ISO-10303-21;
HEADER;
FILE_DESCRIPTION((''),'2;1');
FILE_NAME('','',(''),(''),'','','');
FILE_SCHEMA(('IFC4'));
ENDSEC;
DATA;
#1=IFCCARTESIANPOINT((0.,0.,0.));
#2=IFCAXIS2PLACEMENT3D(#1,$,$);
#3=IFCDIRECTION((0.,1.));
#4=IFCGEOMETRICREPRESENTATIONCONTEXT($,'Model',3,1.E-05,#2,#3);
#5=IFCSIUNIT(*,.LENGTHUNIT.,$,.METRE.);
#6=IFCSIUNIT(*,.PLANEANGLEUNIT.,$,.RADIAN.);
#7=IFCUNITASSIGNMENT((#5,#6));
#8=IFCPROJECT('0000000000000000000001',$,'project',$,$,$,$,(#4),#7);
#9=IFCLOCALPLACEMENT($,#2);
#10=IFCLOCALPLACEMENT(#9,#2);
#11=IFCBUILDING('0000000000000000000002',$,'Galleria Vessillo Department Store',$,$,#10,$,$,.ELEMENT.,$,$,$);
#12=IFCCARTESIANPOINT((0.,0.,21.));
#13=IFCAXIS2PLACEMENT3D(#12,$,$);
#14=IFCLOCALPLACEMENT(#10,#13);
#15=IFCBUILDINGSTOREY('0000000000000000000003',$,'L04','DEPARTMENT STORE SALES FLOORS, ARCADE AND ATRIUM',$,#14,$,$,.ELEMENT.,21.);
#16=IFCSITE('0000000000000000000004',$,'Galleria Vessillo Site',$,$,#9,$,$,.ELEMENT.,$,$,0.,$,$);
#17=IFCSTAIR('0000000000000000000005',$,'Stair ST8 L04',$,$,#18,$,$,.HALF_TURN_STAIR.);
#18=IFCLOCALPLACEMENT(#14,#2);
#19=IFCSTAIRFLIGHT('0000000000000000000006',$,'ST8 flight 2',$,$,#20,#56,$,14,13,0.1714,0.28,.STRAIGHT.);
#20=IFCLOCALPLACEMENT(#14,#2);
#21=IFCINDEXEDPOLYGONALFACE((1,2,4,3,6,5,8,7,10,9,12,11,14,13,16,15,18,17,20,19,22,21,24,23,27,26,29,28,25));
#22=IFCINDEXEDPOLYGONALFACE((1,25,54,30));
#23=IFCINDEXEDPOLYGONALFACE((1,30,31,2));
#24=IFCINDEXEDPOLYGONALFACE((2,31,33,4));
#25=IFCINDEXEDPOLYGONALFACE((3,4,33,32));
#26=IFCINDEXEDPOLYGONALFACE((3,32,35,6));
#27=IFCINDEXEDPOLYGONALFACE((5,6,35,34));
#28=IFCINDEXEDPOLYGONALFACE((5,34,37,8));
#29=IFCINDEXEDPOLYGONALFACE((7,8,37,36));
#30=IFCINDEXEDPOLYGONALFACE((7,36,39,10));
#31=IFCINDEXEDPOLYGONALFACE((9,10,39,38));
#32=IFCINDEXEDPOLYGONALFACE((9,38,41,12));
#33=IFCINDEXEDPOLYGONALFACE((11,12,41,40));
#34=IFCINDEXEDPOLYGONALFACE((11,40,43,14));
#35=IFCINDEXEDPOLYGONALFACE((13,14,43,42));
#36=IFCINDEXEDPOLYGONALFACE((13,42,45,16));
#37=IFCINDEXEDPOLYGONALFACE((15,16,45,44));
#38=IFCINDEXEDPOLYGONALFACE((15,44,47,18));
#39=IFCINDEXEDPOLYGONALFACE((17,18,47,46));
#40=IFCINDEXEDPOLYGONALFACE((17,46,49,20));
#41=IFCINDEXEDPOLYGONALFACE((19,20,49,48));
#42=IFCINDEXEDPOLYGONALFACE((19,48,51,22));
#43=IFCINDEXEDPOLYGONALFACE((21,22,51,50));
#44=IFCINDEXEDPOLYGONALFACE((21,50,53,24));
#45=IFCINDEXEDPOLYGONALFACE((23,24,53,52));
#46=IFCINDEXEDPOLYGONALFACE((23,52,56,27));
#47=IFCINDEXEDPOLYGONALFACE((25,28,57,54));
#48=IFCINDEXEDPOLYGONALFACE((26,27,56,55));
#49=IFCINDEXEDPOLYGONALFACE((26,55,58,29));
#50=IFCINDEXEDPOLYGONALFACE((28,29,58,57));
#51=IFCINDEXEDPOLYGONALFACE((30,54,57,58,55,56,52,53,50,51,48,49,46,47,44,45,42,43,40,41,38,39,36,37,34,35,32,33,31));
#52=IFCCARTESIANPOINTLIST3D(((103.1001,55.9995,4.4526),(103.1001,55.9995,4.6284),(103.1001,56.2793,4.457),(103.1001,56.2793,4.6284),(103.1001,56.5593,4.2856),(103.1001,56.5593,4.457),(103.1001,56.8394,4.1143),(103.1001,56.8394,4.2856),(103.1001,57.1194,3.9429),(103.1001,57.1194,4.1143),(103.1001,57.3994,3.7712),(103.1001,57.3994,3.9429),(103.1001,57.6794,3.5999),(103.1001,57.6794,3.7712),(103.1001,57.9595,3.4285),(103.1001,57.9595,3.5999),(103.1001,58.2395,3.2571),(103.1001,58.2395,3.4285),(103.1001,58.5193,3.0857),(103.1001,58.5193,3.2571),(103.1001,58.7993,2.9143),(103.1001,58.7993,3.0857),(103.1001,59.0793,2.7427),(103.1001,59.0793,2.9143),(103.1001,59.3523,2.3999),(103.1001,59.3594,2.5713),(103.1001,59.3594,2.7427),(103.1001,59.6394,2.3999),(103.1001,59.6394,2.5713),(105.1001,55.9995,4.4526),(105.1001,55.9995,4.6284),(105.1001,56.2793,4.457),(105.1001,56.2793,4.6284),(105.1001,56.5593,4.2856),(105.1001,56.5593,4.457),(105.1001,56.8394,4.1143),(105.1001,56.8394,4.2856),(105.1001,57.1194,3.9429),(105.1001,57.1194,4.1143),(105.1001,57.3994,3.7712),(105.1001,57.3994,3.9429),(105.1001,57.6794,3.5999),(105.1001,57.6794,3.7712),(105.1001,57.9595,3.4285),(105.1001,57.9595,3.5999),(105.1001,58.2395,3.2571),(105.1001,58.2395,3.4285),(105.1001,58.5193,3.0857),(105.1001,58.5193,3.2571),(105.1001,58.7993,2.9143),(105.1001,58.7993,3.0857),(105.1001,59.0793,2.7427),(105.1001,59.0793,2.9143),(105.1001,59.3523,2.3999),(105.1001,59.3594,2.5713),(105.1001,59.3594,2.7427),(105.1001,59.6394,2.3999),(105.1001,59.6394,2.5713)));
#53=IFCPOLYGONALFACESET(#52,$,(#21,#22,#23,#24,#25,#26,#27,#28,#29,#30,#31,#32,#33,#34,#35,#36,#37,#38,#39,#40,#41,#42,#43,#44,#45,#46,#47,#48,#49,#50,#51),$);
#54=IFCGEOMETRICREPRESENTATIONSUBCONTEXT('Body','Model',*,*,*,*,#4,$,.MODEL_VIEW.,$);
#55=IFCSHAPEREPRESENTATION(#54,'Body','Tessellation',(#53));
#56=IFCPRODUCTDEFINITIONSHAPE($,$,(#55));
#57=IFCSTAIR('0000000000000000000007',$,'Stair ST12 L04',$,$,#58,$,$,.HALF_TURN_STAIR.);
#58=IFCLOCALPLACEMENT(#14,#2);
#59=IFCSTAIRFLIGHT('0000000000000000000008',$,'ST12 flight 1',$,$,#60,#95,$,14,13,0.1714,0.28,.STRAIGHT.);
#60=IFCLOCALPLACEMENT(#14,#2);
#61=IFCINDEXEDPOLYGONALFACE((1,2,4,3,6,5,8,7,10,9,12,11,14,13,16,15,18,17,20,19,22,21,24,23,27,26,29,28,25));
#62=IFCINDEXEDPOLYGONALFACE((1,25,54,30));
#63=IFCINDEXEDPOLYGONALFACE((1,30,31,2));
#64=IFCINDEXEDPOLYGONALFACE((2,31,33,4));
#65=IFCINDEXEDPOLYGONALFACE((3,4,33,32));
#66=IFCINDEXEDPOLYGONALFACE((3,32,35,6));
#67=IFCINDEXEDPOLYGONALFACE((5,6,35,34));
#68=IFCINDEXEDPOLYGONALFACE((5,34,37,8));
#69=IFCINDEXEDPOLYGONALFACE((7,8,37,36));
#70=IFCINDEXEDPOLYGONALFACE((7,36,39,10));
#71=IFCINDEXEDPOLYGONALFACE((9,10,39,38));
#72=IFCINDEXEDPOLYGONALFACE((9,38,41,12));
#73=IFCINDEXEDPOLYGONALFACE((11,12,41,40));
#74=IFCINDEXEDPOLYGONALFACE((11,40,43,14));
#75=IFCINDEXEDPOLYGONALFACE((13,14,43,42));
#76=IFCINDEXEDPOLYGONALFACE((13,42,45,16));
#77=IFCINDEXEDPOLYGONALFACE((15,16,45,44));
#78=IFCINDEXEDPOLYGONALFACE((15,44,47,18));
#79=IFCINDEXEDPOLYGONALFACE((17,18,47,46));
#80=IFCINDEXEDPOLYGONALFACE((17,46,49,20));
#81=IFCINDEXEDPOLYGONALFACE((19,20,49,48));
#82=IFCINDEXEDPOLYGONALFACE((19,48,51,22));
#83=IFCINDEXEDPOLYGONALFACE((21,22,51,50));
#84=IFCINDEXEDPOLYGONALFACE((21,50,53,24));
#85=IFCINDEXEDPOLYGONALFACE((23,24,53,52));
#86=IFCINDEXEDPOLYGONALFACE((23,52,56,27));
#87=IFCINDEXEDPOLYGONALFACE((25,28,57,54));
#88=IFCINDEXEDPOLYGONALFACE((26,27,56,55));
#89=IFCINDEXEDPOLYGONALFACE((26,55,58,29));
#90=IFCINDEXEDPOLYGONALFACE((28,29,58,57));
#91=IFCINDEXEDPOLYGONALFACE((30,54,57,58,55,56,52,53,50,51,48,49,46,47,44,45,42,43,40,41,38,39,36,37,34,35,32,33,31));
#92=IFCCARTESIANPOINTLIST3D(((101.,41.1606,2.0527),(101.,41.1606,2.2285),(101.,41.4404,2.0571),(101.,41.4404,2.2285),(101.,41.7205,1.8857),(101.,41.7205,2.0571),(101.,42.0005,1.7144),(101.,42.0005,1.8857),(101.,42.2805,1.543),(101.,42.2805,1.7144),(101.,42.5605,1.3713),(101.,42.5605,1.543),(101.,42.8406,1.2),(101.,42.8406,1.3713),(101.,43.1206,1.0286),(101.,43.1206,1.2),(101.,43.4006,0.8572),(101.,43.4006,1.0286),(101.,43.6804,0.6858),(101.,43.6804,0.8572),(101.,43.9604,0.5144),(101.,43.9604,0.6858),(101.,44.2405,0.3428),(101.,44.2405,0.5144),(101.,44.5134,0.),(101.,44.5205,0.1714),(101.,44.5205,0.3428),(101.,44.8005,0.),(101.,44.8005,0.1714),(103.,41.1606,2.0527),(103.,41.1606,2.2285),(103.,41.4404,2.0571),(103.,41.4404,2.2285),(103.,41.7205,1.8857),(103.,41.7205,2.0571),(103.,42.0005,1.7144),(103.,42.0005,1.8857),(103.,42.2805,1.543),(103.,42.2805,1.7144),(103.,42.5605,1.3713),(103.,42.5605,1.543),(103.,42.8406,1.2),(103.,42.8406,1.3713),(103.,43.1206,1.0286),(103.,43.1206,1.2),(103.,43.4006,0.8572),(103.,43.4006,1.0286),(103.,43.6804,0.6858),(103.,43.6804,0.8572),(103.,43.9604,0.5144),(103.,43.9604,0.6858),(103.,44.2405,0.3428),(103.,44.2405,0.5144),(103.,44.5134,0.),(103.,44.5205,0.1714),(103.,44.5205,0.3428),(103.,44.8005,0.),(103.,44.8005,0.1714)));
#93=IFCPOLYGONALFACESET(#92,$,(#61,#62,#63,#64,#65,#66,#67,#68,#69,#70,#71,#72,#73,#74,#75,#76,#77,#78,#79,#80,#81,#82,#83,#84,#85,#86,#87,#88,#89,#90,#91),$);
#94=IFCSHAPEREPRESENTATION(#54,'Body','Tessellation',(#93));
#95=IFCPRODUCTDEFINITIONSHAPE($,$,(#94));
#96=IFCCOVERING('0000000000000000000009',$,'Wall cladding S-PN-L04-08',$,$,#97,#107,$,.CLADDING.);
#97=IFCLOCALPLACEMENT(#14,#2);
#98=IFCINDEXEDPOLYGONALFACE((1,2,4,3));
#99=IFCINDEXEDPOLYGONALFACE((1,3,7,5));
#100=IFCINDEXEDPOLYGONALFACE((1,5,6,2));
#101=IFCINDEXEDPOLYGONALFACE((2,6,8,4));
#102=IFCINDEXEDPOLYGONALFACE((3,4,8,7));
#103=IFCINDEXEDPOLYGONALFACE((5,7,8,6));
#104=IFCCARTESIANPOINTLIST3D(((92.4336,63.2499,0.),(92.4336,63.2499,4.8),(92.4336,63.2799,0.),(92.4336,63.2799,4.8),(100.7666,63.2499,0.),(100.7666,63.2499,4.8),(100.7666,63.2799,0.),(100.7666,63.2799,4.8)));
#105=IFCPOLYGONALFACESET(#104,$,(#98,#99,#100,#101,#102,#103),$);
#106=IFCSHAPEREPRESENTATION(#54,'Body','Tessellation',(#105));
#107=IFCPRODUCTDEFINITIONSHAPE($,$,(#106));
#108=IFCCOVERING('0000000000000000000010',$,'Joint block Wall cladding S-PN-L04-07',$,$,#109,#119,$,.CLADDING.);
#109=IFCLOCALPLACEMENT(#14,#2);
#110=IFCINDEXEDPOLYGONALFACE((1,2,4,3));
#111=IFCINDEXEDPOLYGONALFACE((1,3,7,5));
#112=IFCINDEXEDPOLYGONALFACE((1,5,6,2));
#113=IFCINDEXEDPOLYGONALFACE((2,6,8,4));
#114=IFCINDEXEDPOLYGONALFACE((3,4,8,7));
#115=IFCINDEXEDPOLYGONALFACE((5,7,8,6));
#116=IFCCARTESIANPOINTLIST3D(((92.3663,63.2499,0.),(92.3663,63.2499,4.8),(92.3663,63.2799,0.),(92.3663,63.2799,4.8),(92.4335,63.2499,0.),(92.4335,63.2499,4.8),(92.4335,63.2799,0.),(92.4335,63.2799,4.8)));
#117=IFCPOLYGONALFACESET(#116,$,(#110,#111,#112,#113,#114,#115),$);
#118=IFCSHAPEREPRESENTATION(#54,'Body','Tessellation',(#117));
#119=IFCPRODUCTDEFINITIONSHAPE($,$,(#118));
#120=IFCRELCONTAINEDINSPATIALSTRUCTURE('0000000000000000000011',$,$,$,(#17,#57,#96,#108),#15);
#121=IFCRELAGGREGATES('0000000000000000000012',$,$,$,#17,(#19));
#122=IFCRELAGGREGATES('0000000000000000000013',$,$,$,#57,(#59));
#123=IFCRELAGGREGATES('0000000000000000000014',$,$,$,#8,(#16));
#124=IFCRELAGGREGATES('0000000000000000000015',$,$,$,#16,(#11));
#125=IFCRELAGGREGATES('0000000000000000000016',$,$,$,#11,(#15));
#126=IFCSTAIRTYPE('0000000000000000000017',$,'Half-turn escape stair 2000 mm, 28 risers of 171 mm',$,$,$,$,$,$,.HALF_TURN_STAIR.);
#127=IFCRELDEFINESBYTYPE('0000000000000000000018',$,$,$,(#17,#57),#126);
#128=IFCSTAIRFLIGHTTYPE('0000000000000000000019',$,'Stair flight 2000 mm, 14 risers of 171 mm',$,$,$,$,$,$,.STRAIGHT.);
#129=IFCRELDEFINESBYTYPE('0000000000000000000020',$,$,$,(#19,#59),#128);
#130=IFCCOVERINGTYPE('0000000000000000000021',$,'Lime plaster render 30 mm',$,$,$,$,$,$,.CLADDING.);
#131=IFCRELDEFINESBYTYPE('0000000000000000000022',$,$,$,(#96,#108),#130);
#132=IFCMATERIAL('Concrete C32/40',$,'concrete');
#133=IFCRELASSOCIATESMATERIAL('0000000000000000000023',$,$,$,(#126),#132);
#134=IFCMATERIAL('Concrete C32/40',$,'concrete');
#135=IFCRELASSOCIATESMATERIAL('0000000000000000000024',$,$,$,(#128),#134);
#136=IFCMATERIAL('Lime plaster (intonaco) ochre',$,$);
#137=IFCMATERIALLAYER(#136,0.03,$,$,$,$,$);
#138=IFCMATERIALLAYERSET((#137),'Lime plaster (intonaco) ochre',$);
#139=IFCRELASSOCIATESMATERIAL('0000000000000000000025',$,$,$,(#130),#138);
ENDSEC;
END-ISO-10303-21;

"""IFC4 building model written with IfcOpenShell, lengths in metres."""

from ifc_helpers import new_model, si_unit, direction, frame, origin, origin_2d, place, context, subcontext, project, spatial, polyline, rectangle, outline, extrude, material, layer, layer_set, type_object, element, aggregate, save


model = new_model("IFC4")

# Units and contexts
model_context = context("Model", 3, precision=1e-05, world=origin(), true_north=direction((0.0, 1.0)))
body_context = subcontext(model_context, "Body", "Model", "MODEL_VIEW")
ifc_project = project(units=[si_unit("LENGTHUNIT", "METRE"), si_unit("PLANEANGLEUNIT", "RADIAN")], contexts=[model_context])

# Site, building, storey
site_placement = place(None, origin())
site = spatial("IfcSite", under=ifc_project, at=site_placement, Name="Galleria Vessillo Site", CompositionType="ELEMENT", RefElevation=0.0)
building_placement = place(site_placement, origin())
building = spatial("IfcBuilding", under=site, at=building_placement, Name="Galleria Vessillo Department Store", CompositionType="ELEMENT")
storey_placement = place(building_placement, frame((0.0, 0.0, 21.0)))
storey = spatial("IfcBuildingStorey", under=building, at=storey_placement, Name="L04", Description="DEPARTMENT STORE SALES FLOORS, ARCADE AND ATRIUM", CompositionType="ELEMENT", Elevation=21.0)

# Stair, stair flight
ifc_material_1 = material(Name="Concrete C32/40", Category="concrete")
stair_type = type_object("IfcStairType", Name="Half-turn escape stair 2000 mm, 28 risers of 171 mm", PredefinedType="HALF_TURN_STAIR", material=ifc_material_1)
stair_1_placement = place(storey_placement, origin())
stair_1 = element("IfcStair", 1, at=stair_1_placement, inside=storey, type_object=stair_type, Name="Stair ST8 L04", PredefinedType="HALF_TURN_STAIR")
ifc_material_2 = material(Name="Concrete C32/40", Category="concrete")
stair_flight_type = type_object("IfcStairFlightType", Name="Stair flight 2000 mm, 14 risers of 171 mm", PredefinedType="STRAIGHT", material=ifc_material_2)
stair_flight_1_placement = place(storey_placement, frame((104.1001, 59.6394, 2.3999), z_axis=(0.0, 0.0, 1.0), x_axis=(0.0, -1.0, 0.0)))
stair_flight_1 = element("IfcStairFlight", 2, at=stair_flight_1_placement, type_object=stair_flight_type, Name="ST8 flight 2", NumberOfRisers=14, NumberOfTreads=13, PredefinedType="STRAIGHT", RiserHeight=0.1714, TreadLength=0.28, context=body_context, shape_type="SweptSolid", body=[
    extrude(outline(polyline([(0.0, 0.0), (0.0, 0.1714), (0.28, 0.1714), (0.28, 0.3428), (0.5601, 0.3428), (0.5601, 0.5144), (0.8401, 0.5144), (0.8401, 0.6858), (1.1201, 0.6858), (1.1201, 0.8572), (1.3999, 0.8572), (1.3999, 1.0286), (1.6799, 1.0286), (1.6799, 1.2), (1.96, 1.2), (1.96, 1.3713), (2.24, 1.3713), (2.24, 1.543), (2.52, 1.543), (2.52, 1.7144), (2.8, 1.7144), (2.8, 1.8857), (3.0801, 1.8857), (3.0801, 2.0571), (3.3601, 2.0571), (3.3601, 2.2285), (3.6399, 2.2285), (3.6399, 2.3999), (3.6399, 2.0527), (0.2871, 0.0), (0.0, 0.0)])), frame((0.0, 1.0, 0.0), z_axis=(0.0, -1.0, 0.0), x_axis=(1.0, 0.0, 0.0)), (0.0, 0.0, 1.0), 2.0),
])
aggregate(stair_1, [stair_flight_1])

# Stair, stair flight
stair_2_placement = place(storey_placement, origin())
stair_2 = element("IfcStair", 3, at=stair_2_placement, inside=storey, type_object=stair_type, Name="Stair ST12 L04", PredefinedType="HALF_TURN_STAIR")
stair_flight_2_placement = place(storey_placement, frame((102.0, 44.8005, 0.0), z_axis=(0.0, 0.0, 1.0), x_axis=(0.0, -1.0, 0.0)))
stair_flight_2 = element("IfcStairFlight", 4, at=stair_flight_2_placement, type_object=stair_flight_type, Name="ST12 flight 1", NumberOfRisers=14, NumberOfTreads=13, PredefinedType="STRAIGHT", RiserHeight=0.1714, TreadLength=0.28, context=body_context, shape_type="SweptSolid", body=[
    extrude(outline(polyline([(0.0, 0.0), (0.0, 0.1714), (0.28, 0.1714), (0.28, 0.3428), (0.5601, 0.3428), (0.5601, 0.5144), (0.8401, 0.5144), (0.8401, 0.6858), (1.1201, 0.6858), (1.1201, 0.8572), (1.3999, 0.8572), (1.3999, 1.0286), (1.6799, 1.0286), (1.6799, 1.2), (1.96, 1.2), (1.96, 1.3713), (2.24, 1.3713), (2.24, 1.543), (2.52, 1.543), (2.52, 1.7144), (2.8, 1.7144), (2.8, 1.8857), (3.0801, 1.8857), (3.0801, 2.0571), (3.3601, 2.0571), (3.3601, 2.2285), (3.6399, 2.2285), (3.6399, 2.3999), (3.6399, 2.0527), (0.2871, 0.0), (0.0, 0.0)])), frame((0.0, 1.0, 0.0), z_axis=(0.0, -1.0, 0.0), x_axis=(1.0, 0.0, 0.0)), (0.0, 0.0, 1.0), 2.0),
])
aggregate(stair_2, [stair_flight_2])

# Coverings
ifc_material_3 = material(Name="Lime plaster (intonaco) ochre")
ifc_layer_1 = layer(ifc_material_3, 0.03)
ifc_layer_set_1 = layer_set([ifc_layer_1], Name="Lime plaster (intonaco) ochre")
covering_type = type_object("IfcCoveringType", Name="Lime plaster render 30 mm", PredefinedType="CLADDING", material=ifc_layer_set_1)
covering_1_placement = place(storey_placement, frame((96.6001, 63.2649, 0.0), z_axis=(0.0, 0.0, 1.0), x_axis=(1.0, 0.0, 0.0)))
element("IfcCovering", 5, at=covering_1_placement, inside=storey, type_object=covering_type, Name="Wall cladding S-PN-L04-08", PredefinedType="CLADDING", context=body_context, shape_type="SweptSolid", body=[
    extrude(rectangle(XDim=8.333, YDim=0.03, at=origin_2d()), origin(), (0.0, 0.0, 1.0), 4.8),
])
covering_2_placement = place(storey_placement, frame((92.3999, 63.2649, 0.0), z_axis=(0.0, 0.0, 1.0), x_axis=(1.0, 0.0, 0.0)))
element("IfcCovering", 6, at=covering_2_placement, inside=storey, type_object=covering_type, Name="Joint block Wall cladding S-PN-L04-07", PredefinedType="CLADDING", context=body_context, shape_type="SweptSolid", body=[
    extrude(rectangle(XDim=0.0671, YDim=0.03, at=origin_2d()), origin(), (0.0, 0.0, 1.0), 4.8),
])

save(model, "model.ifc")
